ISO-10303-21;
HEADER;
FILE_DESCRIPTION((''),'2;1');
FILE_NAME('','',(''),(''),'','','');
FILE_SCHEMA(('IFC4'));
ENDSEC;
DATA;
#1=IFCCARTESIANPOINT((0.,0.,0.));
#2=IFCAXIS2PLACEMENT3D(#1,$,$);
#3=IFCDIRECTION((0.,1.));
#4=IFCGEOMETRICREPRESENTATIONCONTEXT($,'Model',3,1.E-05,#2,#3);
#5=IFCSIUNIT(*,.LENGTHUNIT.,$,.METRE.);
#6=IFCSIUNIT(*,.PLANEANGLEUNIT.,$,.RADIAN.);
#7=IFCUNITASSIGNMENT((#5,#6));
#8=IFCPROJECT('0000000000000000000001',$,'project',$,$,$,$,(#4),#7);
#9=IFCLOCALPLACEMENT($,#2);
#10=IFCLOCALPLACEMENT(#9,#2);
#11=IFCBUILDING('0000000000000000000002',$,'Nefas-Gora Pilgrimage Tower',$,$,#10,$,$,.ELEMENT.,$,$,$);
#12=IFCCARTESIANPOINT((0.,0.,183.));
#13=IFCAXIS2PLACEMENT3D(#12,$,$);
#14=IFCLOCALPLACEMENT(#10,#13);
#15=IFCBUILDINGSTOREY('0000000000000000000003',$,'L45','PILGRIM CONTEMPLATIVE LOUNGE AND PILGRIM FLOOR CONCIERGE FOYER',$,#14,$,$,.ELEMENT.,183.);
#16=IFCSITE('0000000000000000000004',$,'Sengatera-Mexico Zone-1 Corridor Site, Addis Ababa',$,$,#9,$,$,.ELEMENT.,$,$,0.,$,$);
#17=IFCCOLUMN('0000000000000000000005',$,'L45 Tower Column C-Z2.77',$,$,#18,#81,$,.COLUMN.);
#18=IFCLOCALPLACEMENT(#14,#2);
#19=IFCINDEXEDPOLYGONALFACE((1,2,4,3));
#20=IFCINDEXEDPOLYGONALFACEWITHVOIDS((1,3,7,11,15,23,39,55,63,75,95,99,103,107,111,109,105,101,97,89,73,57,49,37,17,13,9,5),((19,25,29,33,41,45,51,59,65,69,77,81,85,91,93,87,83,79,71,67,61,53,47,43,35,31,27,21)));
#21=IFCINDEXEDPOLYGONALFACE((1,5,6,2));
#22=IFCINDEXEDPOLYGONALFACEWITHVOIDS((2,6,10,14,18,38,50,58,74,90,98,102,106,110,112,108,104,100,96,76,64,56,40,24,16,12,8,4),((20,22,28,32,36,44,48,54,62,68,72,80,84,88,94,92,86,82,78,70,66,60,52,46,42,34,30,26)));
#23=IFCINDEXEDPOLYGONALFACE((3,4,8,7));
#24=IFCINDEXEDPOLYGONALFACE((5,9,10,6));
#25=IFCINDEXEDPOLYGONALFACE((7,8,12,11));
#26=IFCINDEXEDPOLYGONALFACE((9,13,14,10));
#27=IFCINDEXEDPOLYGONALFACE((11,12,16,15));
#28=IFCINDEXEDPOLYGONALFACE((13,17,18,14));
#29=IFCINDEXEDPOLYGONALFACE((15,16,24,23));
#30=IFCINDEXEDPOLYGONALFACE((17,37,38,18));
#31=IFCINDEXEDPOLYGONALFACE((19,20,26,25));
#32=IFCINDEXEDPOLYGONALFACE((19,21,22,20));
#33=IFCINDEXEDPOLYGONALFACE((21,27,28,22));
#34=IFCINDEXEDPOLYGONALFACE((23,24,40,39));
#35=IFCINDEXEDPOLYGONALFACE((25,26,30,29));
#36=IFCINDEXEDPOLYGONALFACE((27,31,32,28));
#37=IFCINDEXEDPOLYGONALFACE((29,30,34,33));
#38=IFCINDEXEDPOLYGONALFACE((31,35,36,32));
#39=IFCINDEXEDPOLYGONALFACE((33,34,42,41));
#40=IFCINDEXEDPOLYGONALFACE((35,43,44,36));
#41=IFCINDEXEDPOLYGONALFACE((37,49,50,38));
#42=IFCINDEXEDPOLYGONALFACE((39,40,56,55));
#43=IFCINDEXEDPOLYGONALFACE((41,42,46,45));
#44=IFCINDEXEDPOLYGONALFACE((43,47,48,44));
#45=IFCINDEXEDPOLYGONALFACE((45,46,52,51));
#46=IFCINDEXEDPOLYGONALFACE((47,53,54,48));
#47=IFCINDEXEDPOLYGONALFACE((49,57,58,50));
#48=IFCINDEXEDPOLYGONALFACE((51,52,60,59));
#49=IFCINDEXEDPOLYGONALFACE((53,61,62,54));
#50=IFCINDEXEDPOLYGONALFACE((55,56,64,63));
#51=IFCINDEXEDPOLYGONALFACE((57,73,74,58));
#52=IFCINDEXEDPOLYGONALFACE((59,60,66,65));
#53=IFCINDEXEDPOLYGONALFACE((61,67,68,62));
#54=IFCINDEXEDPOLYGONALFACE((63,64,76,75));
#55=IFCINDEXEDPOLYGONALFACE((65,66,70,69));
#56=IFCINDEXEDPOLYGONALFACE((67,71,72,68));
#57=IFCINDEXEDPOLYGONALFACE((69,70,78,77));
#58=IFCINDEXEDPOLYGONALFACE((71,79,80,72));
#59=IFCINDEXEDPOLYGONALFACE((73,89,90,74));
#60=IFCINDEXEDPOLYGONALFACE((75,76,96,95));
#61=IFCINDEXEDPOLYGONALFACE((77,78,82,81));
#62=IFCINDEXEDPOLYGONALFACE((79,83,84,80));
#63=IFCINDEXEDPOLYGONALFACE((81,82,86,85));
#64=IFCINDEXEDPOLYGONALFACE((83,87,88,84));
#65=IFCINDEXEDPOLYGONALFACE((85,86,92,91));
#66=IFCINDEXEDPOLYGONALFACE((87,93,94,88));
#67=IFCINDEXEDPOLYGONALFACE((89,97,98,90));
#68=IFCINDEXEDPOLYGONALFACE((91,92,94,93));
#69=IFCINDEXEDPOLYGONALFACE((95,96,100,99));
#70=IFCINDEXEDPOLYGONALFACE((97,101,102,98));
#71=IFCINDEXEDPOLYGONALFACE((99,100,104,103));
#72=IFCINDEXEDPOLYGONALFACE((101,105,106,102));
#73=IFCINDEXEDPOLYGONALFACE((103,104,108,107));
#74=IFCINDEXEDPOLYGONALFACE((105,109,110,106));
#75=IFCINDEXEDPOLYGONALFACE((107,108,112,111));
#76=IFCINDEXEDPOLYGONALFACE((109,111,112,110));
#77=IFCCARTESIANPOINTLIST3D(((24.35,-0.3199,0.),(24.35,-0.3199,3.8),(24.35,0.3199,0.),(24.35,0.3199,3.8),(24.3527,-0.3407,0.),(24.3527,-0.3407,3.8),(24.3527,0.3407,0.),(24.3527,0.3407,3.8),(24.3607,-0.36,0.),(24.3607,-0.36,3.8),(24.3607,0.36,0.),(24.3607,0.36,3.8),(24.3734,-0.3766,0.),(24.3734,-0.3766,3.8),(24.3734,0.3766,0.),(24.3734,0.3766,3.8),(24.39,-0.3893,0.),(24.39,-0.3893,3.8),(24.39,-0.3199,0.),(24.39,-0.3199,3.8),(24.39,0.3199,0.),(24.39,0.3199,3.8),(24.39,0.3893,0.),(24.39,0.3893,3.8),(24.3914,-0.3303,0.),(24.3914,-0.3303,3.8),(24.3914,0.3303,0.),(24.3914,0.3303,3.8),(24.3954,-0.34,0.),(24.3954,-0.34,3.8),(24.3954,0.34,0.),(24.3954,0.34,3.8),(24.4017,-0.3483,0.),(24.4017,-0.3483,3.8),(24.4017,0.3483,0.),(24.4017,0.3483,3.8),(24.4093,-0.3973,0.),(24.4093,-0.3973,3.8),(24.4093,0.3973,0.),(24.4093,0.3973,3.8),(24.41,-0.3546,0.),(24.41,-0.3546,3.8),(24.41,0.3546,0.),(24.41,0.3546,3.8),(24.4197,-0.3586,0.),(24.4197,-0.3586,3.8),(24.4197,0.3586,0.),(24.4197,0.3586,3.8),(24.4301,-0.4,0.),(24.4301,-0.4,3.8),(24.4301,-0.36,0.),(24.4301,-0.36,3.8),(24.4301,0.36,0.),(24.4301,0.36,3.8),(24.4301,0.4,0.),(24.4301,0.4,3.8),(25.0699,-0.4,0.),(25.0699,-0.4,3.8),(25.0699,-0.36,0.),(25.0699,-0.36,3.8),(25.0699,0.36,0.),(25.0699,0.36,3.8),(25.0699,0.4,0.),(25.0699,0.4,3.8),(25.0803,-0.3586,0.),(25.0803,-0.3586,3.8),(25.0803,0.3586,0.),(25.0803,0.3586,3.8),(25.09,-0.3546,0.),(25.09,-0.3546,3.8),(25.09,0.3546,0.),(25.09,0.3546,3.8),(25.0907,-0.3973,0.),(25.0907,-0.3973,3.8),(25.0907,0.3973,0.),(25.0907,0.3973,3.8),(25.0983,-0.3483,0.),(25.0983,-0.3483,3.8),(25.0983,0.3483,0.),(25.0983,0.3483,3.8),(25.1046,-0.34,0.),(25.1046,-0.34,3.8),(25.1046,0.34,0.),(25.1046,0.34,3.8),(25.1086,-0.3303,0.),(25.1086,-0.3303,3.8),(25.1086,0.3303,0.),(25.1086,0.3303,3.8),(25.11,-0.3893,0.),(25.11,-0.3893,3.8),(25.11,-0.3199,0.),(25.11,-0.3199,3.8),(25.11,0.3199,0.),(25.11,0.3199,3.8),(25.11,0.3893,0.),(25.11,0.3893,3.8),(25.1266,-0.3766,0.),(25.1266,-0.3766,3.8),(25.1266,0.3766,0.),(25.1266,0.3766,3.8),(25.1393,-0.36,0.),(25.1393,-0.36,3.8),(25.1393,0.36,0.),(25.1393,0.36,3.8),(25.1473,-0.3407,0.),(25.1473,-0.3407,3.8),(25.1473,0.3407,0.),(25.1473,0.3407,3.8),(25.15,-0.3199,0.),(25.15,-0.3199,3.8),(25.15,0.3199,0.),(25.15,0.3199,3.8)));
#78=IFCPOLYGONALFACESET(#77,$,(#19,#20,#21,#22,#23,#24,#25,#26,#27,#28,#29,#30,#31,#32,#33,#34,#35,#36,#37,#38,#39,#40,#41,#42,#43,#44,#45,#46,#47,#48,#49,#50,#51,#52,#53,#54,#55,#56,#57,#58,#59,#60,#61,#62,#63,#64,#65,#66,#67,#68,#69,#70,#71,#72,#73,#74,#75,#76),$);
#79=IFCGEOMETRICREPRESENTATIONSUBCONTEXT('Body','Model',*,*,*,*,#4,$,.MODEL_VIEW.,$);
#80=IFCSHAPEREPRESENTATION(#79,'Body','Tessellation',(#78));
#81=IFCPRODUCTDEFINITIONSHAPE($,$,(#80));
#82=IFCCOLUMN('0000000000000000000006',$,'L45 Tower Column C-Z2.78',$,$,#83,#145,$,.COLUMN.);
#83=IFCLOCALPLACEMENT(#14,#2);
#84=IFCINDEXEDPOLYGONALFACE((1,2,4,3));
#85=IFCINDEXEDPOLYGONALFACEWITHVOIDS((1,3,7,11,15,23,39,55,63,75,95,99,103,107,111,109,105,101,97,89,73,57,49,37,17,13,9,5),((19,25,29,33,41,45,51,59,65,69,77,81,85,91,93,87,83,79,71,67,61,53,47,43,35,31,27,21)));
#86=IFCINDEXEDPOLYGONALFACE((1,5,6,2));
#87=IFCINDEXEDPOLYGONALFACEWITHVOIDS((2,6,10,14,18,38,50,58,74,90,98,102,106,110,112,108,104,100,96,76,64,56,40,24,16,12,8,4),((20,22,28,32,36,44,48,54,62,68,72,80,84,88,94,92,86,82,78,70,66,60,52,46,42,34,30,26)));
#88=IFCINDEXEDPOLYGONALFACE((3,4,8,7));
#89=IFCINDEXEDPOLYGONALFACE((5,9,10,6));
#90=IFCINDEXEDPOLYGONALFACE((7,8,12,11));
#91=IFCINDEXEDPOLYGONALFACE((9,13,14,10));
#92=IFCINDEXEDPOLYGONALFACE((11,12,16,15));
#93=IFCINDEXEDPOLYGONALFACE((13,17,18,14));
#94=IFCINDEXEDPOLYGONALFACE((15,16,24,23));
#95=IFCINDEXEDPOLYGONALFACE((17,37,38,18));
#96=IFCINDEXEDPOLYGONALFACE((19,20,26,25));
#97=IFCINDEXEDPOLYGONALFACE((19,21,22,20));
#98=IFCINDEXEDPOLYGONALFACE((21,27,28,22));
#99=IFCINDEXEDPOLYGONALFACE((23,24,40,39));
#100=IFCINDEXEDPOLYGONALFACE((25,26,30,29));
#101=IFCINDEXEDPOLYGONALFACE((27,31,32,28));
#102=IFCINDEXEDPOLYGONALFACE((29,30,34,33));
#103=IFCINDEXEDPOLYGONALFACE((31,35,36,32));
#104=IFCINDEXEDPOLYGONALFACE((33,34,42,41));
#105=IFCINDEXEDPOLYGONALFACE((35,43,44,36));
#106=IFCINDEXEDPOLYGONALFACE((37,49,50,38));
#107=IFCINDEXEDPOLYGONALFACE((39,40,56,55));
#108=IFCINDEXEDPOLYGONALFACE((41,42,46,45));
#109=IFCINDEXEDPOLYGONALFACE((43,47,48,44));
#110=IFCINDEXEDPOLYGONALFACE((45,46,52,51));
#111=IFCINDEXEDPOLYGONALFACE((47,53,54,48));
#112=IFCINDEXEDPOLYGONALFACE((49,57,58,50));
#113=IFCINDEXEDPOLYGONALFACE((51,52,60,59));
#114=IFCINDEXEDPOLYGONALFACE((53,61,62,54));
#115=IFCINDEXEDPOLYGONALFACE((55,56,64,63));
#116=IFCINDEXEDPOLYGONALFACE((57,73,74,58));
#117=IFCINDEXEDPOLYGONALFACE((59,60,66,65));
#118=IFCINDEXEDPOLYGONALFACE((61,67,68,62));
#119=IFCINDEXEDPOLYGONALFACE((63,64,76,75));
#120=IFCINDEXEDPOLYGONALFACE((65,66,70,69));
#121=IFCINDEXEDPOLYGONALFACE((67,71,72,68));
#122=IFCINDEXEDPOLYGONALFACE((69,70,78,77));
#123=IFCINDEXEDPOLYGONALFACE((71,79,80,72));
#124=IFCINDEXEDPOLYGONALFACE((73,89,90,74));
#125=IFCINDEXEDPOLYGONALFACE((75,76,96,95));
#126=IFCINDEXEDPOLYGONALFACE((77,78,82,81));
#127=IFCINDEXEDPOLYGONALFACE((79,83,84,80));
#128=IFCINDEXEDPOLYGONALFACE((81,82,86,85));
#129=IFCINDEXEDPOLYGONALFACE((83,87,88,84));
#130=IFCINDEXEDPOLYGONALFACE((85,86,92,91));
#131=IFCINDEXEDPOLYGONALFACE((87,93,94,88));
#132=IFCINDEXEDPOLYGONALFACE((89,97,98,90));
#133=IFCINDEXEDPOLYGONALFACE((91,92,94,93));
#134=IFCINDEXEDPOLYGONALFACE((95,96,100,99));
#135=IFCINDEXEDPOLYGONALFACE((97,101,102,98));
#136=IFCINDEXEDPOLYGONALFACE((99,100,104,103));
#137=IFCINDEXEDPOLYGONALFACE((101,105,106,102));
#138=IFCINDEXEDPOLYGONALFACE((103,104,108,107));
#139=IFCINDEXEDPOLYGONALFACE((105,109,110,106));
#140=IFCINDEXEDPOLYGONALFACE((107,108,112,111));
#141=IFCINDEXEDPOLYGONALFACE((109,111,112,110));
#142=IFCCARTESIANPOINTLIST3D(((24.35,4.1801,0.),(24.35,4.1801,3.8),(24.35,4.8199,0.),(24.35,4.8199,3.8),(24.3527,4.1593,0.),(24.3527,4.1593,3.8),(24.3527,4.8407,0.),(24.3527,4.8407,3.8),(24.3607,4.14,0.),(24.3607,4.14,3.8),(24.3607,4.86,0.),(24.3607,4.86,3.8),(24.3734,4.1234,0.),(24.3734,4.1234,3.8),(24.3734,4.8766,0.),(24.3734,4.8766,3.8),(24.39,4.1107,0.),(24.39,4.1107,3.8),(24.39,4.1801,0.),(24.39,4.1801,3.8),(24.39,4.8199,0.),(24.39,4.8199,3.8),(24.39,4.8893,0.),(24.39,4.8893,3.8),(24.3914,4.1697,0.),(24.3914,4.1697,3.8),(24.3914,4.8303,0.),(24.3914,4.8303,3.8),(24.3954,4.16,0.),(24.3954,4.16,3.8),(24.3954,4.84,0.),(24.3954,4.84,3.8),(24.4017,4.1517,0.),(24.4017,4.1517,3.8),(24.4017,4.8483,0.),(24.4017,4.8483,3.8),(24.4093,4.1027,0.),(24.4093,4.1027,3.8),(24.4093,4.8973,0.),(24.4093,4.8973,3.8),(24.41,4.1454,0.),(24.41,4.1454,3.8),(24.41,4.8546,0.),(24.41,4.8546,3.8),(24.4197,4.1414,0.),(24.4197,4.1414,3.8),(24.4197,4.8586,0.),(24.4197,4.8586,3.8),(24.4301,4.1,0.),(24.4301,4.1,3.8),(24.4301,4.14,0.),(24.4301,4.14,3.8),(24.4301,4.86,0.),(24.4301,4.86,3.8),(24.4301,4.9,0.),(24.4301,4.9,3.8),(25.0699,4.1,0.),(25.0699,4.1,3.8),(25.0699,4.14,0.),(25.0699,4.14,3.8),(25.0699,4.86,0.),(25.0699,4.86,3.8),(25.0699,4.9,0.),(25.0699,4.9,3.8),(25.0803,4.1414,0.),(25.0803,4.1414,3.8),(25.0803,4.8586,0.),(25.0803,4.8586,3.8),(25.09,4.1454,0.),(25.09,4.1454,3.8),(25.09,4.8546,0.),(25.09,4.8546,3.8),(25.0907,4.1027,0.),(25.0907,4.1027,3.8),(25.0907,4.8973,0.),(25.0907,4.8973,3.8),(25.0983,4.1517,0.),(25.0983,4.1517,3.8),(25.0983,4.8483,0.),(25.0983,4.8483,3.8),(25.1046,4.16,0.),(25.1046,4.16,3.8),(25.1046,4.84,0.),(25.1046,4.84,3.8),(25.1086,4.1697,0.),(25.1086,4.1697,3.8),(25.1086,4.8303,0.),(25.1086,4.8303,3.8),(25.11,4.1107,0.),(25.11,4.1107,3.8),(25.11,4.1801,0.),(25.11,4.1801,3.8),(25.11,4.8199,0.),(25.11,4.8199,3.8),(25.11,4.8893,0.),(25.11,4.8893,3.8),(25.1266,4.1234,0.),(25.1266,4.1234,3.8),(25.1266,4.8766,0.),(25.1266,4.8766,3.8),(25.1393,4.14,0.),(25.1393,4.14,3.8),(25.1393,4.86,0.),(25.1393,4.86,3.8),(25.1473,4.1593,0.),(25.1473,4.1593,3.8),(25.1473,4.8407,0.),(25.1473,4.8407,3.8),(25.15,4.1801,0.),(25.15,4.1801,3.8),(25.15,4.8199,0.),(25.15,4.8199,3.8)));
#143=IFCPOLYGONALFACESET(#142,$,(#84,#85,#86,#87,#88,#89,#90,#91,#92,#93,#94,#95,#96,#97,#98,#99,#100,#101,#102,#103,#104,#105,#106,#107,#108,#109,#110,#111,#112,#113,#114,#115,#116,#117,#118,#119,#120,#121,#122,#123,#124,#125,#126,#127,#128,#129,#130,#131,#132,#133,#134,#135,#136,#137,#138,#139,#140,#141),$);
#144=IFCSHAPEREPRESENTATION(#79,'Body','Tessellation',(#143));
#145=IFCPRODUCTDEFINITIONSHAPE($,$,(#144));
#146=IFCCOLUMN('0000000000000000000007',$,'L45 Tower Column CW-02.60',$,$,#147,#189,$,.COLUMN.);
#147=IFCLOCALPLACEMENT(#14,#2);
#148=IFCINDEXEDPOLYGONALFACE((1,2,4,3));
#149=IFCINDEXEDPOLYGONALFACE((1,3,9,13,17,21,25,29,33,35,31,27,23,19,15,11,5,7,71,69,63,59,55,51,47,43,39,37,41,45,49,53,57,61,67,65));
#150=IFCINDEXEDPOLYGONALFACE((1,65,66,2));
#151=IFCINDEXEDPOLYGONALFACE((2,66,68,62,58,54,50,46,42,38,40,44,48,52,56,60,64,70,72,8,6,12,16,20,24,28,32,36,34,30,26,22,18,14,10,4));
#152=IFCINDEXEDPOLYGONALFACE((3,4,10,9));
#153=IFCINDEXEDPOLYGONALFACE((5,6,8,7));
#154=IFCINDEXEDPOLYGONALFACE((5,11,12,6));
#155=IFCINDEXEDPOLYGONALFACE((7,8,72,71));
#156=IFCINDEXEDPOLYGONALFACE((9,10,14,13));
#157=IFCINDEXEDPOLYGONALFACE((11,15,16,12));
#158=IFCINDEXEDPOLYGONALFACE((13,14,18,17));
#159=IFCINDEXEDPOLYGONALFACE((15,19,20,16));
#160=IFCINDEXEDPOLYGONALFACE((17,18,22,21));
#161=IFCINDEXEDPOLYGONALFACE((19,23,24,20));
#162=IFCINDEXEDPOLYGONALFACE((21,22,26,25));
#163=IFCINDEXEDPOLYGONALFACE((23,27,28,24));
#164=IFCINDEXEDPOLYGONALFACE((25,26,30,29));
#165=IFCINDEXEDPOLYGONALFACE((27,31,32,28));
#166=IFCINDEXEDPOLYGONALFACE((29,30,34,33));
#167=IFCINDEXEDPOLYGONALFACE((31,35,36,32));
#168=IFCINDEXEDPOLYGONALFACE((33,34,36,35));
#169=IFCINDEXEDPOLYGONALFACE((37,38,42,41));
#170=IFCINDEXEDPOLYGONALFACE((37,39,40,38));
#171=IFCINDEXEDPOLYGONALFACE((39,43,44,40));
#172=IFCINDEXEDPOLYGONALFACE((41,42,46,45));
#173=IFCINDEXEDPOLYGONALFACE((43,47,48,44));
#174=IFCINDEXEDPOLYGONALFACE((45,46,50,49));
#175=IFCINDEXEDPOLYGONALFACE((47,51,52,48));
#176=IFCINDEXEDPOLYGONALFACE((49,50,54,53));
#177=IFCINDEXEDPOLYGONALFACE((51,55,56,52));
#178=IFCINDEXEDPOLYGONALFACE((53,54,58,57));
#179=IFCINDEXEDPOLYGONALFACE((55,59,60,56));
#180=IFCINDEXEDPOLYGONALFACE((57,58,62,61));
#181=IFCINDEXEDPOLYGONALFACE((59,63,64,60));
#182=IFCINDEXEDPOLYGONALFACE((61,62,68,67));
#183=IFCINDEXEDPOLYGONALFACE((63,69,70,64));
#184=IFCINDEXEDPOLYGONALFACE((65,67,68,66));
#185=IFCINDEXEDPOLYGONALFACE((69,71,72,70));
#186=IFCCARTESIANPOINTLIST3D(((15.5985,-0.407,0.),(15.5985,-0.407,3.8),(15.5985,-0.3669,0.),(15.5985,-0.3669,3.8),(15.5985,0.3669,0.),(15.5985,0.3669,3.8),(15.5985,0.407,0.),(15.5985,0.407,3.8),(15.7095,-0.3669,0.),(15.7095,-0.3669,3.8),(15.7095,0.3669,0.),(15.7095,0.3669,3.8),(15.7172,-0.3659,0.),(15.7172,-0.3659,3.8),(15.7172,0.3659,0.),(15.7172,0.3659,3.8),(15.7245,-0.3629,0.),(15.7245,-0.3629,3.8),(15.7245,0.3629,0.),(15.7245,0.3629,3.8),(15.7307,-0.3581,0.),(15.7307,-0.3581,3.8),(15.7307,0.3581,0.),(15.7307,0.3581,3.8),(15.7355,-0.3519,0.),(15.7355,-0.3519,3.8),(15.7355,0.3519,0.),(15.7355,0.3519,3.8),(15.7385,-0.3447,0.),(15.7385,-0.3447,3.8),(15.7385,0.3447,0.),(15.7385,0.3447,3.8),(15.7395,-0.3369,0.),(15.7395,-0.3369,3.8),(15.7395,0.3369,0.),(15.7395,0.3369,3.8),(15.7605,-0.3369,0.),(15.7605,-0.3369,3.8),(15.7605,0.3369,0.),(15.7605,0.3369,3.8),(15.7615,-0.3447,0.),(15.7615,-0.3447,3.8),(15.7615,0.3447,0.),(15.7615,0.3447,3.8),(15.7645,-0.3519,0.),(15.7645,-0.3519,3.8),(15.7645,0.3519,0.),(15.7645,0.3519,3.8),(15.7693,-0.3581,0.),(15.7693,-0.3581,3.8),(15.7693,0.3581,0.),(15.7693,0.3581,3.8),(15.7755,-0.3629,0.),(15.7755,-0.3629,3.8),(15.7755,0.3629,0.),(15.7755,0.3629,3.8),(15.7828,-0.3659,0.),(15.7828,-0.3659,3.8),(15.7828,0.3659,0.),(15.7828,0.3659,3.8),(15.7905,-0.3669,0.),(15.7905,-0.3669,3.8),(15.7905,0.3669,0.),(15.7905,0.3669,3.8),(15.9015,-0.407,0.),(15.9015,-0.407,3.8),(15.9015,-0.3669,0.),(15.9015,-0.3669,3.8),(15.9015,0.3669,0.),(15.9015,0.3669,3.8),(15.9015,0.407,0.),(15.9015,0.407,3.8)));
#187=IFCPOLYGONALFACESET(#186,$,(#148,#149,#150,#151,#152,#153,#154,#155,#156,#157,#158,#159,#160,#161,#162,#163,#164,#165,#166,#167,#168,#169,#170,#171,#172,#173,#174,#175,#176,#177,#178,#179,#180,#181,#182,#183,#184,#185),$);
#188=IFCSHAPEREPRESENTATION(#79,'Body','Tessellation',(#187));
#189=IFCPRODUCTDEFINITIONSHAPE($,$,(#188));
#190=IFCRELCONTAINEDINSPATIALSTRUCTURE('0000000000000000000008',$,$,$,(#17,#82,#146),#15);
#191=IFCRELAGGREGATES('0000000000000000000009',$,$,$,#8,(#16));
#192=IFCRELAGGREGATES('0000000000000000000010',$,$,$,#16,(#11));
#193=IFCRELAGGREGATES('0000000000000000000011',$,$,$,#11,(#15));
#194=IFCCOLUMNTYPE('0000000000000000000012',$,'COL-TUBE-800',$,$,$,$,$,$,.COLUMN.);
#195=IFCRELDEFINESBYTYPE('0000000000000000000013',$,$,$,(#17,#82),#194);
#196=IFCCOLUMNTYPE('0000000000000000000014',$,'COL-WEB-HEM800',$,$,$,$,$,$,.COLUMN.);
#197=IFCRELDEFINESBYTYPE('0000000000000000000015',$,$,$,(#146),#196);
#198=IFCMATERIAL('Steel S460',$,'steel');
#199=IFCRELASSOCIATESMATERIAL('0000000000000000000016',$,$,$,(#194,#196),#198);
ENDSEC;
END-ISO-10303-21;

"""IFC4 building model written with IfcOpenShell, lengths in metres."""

from ifc_helpers import new_model, si_unit, direction, frame, origin, origin_2d, place, context, subcontext, project, spatial, hollow_rectangle, i_section, extrude, source, transform, mapped, material, material_profile, profile_set, type_object, element, save


model = new_model("IFC4")

# Units and contexts
model_context = context("Model", 3, precision=1e-05, world=origin(), true_north=direction((0.0, 1.0)))
body_context = subcontext(model_context, "Body", "Model", "MODEL_VIEW")
ifc_project = project(units=[si_unit("LENGTHUNIT", "METRE"), si_unit("PLANEANGLEUNIT", "RADIAN")], contexts=[model_context])

# Site, building, storey
site_placement = place(None, origin())
site = spatial("IfcSite", under=ifc_project, at=site_placement, Name="Sengatera-Mexico Zone-1 Corridor Site, Addis Ababa", CompositionType="ELEMENT", RefElevation=0.0)
building_placement = place(site_placement, origin())
building = spatial("IfcBuilding", under=site, at=building_placement, Name="Nefas-Gora Pilgrimage Tower", CompositionType="ELEMENT")
storey_placement = place(building_placement, frame((0.0, 0.0, 183.0)))
storey = spatial("IfcBuildingStorey", under=building, at=storey_placement, Name="L45", Description="PILGRIM CONTEMPLATIVE LOUNGE AND PILGRIM FLOOR CONCIERGE FOYER", CompositionType="ELEMENT", Elevation=183.0)

# Columns
ifc_material_1 = material(Name="Steel S460", Category="steel")
ifc_material_profile_1 = material_profile(ifc_material_1, hollow_rectangle(XDim=0.8, YDim=0.8, WallThickness=0.04, InnerFilletRadius=0.04, OuterFilletRadius=0.0801, at=origin_2d()), Name="BOX 800x800x40")
ifc_profile_set_1 = profile_set([ifc_material_profile_1], Name="Steel S460")
column_type_1 = type_object("IfcColumnType", Name="COL-TUBE-800", PredefinedType="COLUMN", material=ifc_profile_set_1)
shared_shape_1 = source(origin(), body_context, "Body", "SweptSolid", [
    extrude(hollow_rectangle(XDim=0.8, YDim=0.8, WallThickness=0.04, InnerFilletRadius=0.04, OuterFilletRadius=0.0801, at=origin_2d()), origin(), (0.0, 0.0, 1.0), 3.8),
])
for number, where, z_axis, x_axis, name in (
    (1, (24.75, 0.0, 0.0), (0.0, 0.0, 1.0), (1.0, 0.0, 0.0), "L45 Tower Column C-Z2.77"),
    (2, (24.75, 4.5, 0.0), (0.0, 0.0, 1.0), (1.0, 0.0, 0.0), "L45 Tower Column C-Z2.78"),
):
    element("IfcColumn", number, at=place(storey_placement, frame(where, z_axis=z_axis, x_axis=x_axis)), inside=storey, type_object=column_type_1, Name=name, PredefinedType="COLUMN", context=body_context, shape_type="MappedRepresentation", body=[
        mapped(shared_shape_1, transform((0.0, 0.0, 0.0), x_axis=(1.0, 0.0, 0.0), y_axis=(0.0, 1.0, 0.0), z_axis=(0.0, 0.0, 1.0), scale=1.0)),
    ])
ifc_material_profile_2 = material_profile(ifc_material_1, i_section(OverallWidth=0.303, OverallDepth=0.814, WebThickness=0.021, FlangeThickness=0.04, FilletRadius=0.03, at=origin_2d()), Name="HEM 800")
ifc_profile_set_2 = profile_set([ifc_material_profile_2], Name="Steel S460")
column_type_2 = type_object("IfcColumnType", Name="COL-WEB-HEM800", PredefinedType="COLUMN", material=ifc_profile_set_2)
shared_shape_2 = source(origin(), body_context, "Body", "SweptSolid", [
    extrude(i_section(OverallWidth=0.303, OverallDepth=0.814, WebThickness=0.021, FlangeThickness=0.04, FilletRadius=0.03, at=origin_2d()), origin(), (0.0, 0.0, 1.0), 3.8),
])
for number, where, z_axis, x_axis, name in (
    (3, (15.75, 0.0, 0.0), (0.0, 0.0, 1.0), (1.0, 0.0, 0.0), "L45 Tower Column CW-02.60"),
):
    element("IfcColumn", number, at=place(storey_placement, frame(where, z_axis=z_axis, x_axis=x_axis)), inside=storey, type_object=column_type_2, Name=name, PredefinedType="COLUMN", context=body_context, shape_type="MappedRepresentation", body=[
        mapped(shared_shape_2, transform((0.0, 0.0, 0.0), x_axis=(1.0, 0.0, 0.0), y_axis=(0.0, 1.0, 0.0), z_axis=(0.0, 0.0, 1.0), scale=1.0)),
    ])

save(model, "model.ifc")
